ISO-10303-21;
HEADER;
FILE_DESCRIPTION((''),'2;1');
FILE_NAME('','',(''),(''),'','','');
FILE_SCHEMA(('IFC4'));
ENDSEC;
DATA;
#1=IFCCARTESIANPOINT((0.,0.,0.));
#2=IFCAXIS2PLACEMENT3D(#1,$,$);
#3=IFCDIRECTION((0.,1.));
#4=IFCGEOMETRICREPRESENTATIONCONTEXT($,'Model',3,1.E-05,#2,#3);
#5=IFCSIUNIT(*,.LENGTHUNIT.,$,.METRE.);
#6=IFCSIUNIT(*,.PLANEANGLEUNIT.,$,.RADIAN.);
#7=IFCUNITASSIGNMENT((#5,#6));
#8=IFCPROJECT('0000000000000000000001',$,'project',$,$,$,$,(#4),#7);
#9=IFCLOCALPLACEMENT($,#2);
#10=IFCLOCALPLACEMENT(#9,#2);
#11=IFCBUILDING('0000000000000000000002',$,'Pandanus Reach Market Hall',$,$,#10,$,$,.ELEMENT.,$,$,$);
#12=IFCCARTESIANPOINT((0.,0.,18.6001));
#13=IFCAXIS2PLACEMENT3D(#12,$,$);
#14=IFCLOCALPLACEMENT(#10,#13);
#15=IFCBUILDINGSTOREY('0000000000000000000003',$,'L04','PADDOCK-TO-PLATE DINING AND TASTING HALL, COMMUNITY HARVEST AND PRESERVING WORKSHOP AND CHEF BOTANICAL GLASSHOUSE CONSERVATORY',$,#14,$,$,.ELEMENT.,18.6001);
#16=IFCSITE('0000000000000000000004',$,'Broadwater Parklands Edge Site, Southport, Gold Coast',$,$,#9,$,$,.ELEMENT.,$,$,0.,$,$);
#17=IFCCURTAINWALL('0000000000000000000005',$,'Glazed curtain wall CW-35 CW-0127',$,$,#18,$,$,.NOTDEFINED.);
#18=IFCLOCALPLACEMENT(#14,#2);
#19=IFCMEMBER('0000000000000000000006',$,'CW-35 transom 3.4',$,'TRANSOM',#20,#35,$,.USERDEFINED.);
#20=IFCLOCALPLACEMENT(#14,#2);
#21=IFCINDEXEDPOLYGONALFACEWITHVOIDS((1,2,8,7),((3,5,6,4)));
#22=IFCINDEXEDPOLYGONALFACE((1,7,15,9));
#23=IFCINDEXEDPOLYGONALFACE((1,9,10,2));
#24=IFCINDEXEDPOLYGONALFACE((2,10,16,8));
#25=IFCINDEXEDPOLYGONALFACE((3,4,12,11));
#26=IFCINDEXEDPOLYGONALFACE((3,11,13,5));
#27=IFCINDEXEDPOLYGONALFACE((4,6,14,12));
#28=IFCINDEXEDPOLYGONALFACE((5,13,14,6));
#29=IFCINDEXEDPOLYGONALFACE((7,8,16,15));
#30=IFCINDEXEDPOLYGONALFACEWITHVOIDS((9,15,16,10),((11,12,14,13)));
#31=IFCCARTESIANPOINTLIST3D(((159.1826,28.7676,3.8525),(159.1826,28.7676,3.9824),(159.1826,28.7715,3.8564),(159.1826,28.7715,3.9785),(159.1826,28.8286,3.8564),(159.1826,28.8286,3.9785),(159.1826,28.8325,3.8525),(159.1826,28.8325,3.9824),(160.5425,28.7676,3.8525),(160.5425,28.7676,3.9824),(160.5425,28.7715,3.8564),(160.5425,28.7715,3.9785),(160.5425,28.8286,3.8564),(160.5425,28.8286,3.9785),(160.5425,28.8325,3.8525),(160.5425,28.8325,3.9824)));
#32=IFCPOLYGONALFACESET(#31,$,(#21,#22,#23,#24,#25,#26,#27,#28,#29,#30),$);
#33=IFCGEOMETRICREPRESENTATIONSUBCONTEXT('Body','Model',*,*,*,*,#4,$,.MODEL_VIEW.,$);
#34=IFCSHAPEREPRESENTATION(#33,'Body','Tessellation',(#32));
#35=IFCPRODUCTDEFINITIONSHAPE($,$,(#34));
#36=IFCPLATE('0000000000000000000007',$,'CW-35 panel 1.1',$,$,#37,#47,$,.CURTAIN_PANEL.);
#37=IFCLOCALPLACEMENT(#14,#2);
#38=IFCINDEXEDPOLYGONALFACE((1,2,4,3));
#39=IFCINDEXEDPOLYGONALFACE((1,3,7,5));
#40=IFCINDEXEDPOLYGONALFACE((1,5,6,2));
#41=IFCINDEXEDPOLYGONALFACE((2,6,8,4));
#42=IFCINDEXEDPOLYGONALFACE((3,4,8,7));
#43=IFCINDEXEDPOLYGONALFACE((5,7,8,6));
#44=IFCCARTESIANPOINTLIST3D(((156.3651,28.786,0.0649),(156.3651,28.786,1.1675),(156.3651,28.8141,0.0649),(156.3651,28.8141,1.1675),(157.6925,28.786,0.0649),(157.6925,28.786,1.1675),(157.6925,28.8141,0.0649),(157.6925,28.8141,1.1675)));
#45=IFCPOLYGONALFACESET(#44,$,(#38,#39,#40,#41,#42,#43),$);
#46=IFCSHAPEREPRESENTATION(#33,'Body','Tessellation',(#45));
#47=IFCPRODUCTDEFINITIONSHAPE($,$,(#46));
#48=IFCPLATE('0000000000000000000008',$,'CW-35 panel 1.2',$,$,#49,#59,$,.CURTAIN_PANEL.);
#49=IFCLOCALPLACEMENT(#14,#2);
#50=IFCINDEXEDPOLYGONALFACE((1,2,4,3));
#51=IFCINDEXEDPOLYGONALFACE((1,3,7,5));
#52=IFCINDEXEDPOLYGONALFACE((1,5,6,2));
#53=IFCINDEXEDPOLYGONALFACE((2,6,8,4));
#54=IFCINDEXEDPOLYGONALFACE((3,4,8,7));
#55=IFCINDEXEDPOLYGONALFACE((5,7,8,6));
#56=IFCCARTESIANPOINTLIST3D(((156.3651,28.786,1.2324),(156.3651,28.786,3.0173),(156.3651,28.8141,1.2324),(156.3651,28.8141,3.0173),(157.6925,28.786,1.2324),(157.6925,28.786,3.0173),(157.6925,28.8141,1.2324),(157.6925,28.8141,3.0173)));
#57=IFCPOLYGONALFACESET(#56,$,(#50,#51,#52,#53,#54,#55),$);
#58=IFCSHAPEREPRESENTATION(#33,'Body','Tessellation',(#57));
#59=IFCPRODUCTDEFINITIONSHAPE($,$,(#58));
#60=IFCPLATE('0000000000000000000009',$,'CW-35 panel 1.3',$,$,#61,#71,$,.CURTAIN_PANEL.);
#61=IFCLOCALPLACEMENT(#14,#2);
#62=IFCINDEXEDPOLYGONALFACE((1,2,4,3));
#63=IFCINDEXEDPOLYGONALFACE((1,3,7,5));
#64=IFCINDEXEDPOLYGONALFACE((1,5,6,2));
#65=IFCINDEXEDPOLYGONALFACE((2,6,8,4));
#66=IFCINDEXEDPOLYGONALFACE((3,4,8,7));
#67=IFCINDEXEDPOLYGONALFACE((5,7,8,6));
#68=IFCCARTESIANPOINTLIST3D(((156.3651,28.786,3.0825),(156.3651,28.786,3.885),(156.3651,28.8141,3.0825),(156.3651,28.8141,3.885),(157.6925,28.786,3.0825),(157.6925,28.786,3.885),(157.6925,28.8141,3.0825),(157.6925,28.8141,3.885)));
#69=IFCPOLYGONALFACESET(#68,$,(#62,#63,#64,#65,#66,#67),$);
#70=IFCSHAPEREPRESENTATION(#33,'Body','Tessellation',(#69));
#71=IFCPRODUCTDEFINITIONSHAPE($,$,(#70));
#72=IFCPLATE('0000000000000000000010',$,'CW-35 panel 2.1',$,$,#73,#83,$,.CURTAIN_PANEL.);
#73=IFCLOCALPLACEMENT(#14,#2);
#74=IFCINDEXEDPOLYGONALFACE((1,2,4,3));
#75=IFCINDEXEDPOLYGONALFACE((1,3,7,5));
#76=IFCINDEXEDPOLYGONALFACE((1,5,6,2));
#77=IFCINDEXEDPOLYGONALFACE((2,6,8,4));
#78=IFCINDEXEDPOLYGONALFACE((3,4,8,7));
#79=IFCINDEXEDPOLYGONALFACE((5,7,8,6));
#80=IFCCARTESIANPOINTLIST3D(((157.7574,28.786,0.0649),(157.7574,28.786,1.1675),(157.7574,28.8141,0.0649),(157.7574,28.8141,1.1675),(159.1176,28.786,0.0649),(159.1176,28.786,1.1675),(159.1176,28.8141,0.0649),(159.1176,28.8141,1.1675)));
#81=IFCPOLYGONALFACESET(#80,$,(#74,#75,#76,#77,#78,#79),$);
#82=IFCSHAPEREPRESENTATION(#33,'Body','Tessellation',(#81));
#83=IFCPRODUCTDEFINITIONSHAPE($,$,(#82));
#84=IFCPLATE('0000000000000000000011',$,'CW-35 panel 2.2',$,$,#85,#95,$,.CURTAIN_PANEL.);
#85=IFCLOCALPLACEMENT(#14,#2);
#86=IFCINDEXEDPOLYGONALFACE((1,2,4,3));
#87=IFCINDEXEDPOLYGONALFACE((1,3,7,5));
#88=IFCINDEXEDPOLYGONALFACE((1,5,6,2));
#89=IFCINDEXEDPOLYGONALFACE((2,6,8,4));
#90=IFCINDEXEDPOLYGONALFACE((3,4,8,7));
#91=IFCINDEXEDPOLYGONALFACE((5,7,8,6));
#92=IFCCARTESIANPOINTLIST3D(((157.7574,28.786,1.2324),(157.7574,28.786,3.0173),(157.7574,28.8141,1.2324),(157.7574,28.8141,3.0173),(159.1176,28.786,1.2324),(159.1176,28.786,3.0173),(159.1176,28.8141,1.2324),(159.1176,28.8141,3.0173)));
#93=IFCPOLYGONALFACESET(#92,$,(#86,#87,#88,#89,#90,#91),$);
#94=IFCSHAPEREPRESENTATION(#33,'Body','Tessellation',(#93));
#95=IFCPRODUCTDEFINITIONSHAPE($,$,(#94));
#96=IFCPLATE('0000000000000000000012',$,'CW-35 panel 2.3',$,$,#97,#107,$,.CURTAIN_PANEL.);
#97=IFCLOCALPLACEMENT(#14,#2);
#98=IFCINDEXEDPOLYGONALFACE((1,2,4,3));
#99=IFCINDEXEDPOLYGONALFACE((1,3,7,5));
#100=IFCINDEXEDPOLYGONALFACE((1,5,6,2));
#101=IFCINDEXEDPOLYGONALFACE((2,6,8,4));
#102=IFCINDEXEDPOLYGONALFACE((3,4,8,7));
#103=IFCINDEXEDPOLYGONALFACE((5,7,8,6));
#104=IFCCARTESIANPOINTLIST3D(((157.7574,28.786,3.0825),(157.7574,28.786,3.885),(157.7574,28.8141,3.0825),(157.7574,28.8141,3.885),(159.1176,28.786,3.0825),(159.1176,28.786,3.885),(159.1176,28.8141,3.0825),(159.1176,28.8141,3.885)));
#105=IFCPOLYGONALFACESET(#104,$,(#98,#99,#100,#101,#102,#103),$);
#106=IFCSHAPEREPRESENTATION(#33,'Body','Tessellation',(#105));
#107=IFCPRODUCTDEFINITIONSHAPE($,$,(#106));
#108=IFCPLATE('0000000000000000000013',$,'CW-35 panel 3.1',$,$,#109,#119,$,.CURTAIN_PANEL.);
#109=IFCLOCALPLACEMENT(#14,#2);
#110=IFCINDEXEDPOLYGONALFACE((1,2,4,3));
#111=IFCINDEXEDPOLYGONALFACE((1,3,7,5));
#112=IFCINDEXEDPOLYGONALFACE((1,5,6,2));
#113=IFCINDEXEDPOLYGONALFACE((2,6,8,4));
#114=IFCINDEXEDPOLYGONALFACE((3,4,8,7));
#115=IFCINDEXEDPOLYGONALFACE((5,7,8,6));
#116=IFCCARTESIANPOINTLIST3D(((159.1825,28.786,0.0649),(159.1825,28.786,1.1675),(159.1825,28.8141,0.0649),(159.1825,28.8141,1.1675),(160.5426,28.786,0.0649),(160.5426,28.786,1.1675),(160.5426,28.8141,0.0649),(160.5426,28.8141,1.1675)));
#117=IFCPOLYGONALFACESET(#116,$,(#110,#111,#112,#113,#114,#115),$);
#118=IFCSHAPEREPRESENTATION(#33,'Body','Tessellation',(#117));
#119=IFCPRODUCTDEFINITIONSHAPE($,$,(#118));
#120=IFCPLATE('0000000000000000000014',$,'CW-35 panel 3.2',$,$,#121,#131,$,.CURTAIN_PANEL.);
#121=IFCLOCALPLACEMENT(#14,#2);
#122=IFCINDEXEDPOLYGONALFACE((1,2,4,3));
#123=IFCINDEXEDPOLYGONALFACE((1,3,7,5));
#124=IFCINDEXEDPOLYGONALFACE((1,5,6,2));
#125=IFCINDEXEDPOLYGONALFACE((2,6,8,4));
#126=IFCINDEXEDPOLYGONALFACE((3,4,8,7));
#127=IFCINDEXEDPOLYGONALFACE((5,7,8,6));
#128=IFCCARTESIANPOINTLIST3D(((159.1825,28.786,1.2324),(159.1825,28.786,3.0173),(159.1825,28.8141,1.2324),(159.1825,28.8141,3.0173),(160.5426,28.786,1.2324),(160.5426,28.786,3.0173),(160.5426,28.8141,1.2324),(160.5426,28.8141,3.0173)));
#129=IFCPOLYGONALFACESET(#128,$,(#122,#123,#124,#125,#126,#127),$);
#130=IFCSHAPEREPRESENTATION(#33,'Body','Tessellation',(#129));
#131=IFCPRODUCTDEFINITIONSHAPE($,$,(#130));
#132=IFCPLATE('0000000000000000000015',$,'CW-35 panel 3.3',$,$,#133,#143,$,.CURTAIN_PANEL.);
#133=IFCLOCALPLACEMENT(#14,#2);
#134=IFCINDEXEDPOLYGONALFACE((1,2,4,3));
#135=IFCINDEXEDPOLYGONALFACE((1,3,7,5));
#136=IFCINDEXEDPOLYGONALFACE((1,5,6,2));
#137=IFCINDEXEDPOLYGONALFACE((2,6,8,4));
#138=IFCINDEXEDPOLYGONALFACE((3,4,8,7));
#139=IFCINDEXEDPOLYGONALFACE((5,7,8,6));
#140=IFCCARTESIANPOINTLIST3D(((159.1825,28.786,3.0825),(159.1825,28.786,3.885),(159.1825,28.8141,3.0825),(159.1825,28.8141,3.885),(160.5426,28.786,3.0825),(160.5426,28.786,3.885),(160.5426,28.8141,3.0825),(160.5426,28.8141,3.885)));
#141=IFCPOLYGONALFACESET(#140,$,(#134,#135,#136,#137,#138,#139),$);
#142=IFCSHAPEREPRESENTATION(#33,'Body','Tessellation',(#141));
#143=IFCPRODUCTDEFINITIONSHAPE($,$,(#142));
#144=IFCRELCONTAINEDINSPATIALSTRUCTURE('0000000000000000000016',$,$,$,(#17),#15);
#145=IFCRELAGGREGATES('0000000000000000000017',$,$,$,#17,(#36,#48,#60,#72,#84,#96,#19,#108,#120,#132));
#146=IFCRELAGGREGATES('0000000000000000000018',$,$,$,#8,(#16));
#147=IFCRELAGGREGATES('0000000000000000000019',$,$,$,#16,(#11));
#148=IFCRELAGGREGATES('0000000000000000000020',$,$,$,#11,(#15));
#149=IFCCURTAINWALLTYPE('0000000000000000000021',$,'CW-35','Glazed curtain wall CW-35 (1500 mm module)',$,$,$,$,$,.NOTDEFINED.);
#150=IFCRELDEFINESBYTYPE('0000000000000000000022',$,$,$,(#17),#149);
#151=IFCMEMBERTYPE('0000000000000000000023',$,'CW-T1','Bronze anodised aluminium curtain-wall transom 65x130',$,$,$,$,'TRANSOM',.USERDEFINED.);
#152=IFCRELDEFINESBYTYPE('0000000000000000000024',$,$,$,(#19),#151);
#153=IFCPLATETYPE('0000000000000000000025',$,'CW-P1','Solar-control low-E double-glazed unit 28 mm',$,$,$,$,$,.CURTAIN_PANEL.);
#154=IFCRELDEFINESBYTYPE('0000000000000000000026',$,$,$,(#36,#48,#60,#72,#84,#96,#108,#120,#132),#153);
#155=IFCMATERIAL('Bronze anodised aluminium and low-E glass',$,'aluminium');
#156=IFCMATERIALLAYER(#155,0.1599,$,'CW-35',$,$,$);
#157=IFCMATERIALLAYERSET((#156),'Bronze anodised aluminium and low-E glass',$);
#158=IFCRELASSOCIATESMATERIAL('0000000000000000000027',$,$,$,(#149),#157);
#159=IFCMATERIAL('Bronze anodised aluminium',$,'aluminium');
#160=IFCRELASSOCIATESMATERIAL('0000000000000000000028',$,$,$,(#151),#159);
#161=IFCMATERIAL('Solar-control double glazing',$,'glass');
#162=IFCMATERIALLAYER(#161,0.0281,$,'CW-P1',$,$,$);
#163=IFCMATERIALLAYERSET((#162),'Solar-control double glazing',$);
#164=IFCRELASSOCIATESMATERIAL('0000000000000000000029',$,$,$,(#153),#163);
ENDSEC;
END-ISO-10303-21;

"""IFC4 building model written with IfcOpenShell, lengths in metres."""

from ifc_helpers import new_model, si_unit, direction, frame, origin, origin_2d, place, context, subcontext, project, spatial, rectangle, hollow_rectangle, extrude, material, layer, layer_set, material_profile, profile_set, type_object, element, aggregate, save


model = new_model("IFC4")

# Units and contexts
model_context = context("Model", 3, precision=1e-05, world=origin(), true_north=direction((0.0, 1.0)))
body_context = subcontext(model_context, "Body", "Model", "MODEL_VIEW")
ifc_project = project(units=[si_unit("LENGTHUNIT", "METRE"), si_unit("PLANEANGLEUNIT", "RADIAN")], contexts=[model_context])

# Site, building, storey
site_placement = place(None, origin())
site = spatial("IfcSite", under=ifc_project, at=site_placement, Name="Broadwater Parklands Edge Site, Southport, Gold Coast", CompositionType="ELEMENT", RefElevation=0.0)
building_placement = place(site_placement, origin())
building = spatial("IfcBuilding", under=site, at=building_placement, Name="Pandanus Reach Market Hall", CompositionType="ELEMENT")
storey_placement = place(building_placement, frame((0.0, 0.0, 18.6001)))
storey = spatial("IfcBuildingStorey", under=building, at=storey_placement, Name="L04", Description="PADDOCK-TO-PLATE DINING AND TASTING HALL, COMMUNITY HARVEST AND PRESERVING WORKSHOP AND CHEF BOTANICAL GLASSHOUSE CONSERVATORY", CompositionType="ELEMENT", Elevation=18.6001)

# Curtain wall, member, plates
ifc_material_1 = material(Name="Bronze anodised aluminium and low-E glass", Category="aluminium")
ifc_layer_1 = layer(ifc_material_1, 0.1599, Name="CW-35")
ifc_layer_set_1 = layer_set([ifc_layer_1], Name="Bronze anodised aluminium and low-E glass")
curtain_wall_type = type_object("IfcCurtainWallType", Name="CW-35", Description="Glazed curtain wall CW-35 (1500 mm module)", PredefinedType="NOTDEFINED", material=ifc_layer_set_1)
curtain_wall_placement = place(storey_placement, origin())
curtain_wall = element("IfcCurtainWall", 1, at=curtain_wall_placement, inside=storey, type_object=curtain_wall_type, Name="Glazed curtain wall CW-35 CW-0127", PredefinedType="NOTDEFINED")
ifc_material_2 = material(Name="Bronze anodised aluminium", Category="aluminium")
ifc_material_profile_1 = material_profile(ifc_material_2, hollow_rectangle(XDim=0.0649, YDim=0.1299, WallThickness=0.0039, at=origin_2d()), Name="ALU65x130", Category="LoadBearing")
ifc_profile_set_1 = profile_set([ifc_material_profile_1], Name="Bronze anodised aluminium")
member_type_1 = type_object("IfcMemberType", Name="CW-T1", Description="Bronze anodised aluminium curtain-wall transom 65x130", ElementType="TRANSOM", PredefinedType="USERDEFINED", material=ifc_profile_set_1)
member_1_placement = place(storey_placement, frame((159.1826, 28.8, 3.9175), z_axis=(1.0, 0.0, 0.0), x_axis=(0.0, 1.0, 0.0)))
member_1 = element("IfcMember", 2, at=member_1_placement, type_object=member_type_1, Name="CW-35 transom 3.4", ObjectType="TRANSOM", PredefinedType="USERDEFINED", context=body_context, shape_type="SweptSolid", body=[
    extrude(hollow_rectangle(XDim=0.0649, YDim=0.1299, WallThickness=0.0039, at=origin_2d()), origin(), (0.0, 0.0, 1.0), 1.3599),
])
ifc_material_3 = material(Name="Solar-control double glazing", Category="glass")
ifc_layer_2 = layer(ifc_material_3, 0.0281, Name="CW-P1")
ifc_layer_set_2 = layer_set([ifc_layer_2], Name="Solar-control double glazing")
plate_type = type_object("IfcPlateType", Name="CW-P1", Description="Solar-control low-E double-glazed unit 28 mm", PredefinedType="CURTAIN_PANEL", material=ifc_layer_set_2)
plate_1_placement = place(storey_placement, frame((157.0288, 28.8, 0.0649), z_axis=(0.0, 0.0, 1.0), x_axis=(1.0, 0.0, 0.0)))
plate_1 = element("IfcPlate", 3, at=plate_1_placement, type_object=plate_type, Name="CW-35 panel 1.1", PredefinedType="CURTAIN_PANEL", context=body_context, shape_type="SweptSolid", body=[
    extrude(rectangle(XDim=1.3274, YDim=0.0281, at=origin_2d()), origin(), (0.0, 0.0, 1.0), 1.1025),
])
plate_2_placement = place(storey_placement, frame((157.0288, 28.8, 1.2324), z_axis=(0.0, 0.0, 1.0), x_axis=(1.0, 0.0, 0.0)))
plate_2 = element("IfcPlate", 4, at=plate_2_placement, type_object=plate_type, Name="CW-35 panel 1.2", PredefinedType="CURTAIN_PANEL", context=body_context, shape_type="SweptSolid", body=[
    extrude(rectangle(XDim=1.3274, YDim=0.0281, at=origin_2d()), origin(), (0.0, 0.0, 1.0), 1.7849),
])
plate_3_placement = place(storey_placement, frame((157.0288, 28.8, 3.0825), z_axis=(0.0, 0.0, 1.0), x_axis=(1.0, 0.0, 0.0)))
plate_3 = element("IfcPlate", 5, at=plate_3_placement, type_object=plate_type, Name="CW-35 panel 1.3", PredefinedType="CURTAIN_PANEL", context=body_context, shape_type="SweptSolid", body=[
    extrude(rectangle(XDim=1.3274, YDim=0.0281, at=origin_2d()), origin(), (0.0, 0.0, 1.0), 0.8025),
])
plate_4_placement = place(storey_placement, frame((158.4375, 28.8, 0.0649), z_axis=(0.0, 0.0, 1.0), x_axis=(1.0, 0.0, 0.0)))
plate_4 = element("IfcPlate", 6, at=plate_4_placement, type_object=plate_type, Name="CW-35 panel 2.1", PredefinedType="CURTAIN_PANEL", context=body_context, shape_type="SweptSolid", body=[
    extrude(rectangle(XDim=1.3601, YDim=0.0281, at=origin_2d()), origin(), (0.0, 0.0, 1.0), 1.1025),
])
plate_5_placement = place(storey_placement, frame((158.4375, 28.8, 1.2324), z_axis=(0.0, 0.0, 1.0), x_axis=(1.0, 0.0, 0.0)))
plate_5 = element("IfcPlate", 7, at=plate_5_placement, type_object=plate_type, Name="CW-35 panel 2.2", PredefinedType="CURTAIN_PANEL", context=body_context, shape_type="SweptSolid", body=[
    extrude(rectangle(XDim=1.3601, YDim=0.0281, at=origin_2d()), origin(), (0.0, 0.0, 1.0), 1.7849),
])
plate_6_placement = place(storey_placement, frame((158.4375, 28.8, 3.0825), z_axis=(0.0, 0.0, 1.0), x_axis=(1.0, 0.0, 0.0)))
plate_6 = element("IfcPlate", 8, at=plate_6_placement, type_object=plate_type, Name="CW-35 panel 2.3", PredefinedType="CURTAIN_PANEL", context=body_context, shape_type="SweptSolid", body=[
    extrude(rectangle(XDim=1.3601, YDim=0.0281, at=origin_2d()), origin(), (0.0, 0.0, 1.0), 0.8025),
])
plate_7_placement = place(storey_placement, frame((159.8625, 28.8, 0.0649), z_axis=(0.0, 0.0, 1.0), x_axis=(1.0, 0.0, 0.0)))
plate_7 = element("IfcPlate", 9, at=plate_7_placement, type_object=plate_type, Name="CW-35 panel 3.1", PredefinedType="CURTAIN_PANEL", context=body_context, shape_type="SweptSolid", body=[
    extrude(rectangle(XDim=1.3601, YDim=0.0281, at=origin_2d()), origin(), (0.0, 0.0, 1.0), 1.1025),
])
plate_8_placement = place(storey_placement, frame((159.8625, 28.8, 1.2324), z_axis=(0.0, 0.0, 1.0), x_axis=(1.0, 0.0, 0.0)))
plate_8 = element("IfcPlate", 10, at=plate_8_placement, type_object=plate_type, Name="CW-35 panel 3.2", PredefinedType="CURTAIN_PANEL", context=body_context, shape_type="SweptSolid", body=[
    extrude(rectangle(XDim=1.3601, YDim=0.0281, at=origin_2d()), origin(), (0.0, 0.0, 1.0), 1.7849),
])
plate_9_placement = place(storey_placement, frame((159.8625, 28.8, 3.0825), z_axis=(0.0, 0.0, 1.0), x_axis=(1.0, 0.0, 0.0)))
plate_9 = element("IfcPlate", 11, at=plate_9_placement, type_object=plate_type, Name="CW-35 panel 3.3", PredefinedType="CURTAIN_PANEL", context=body_context, shape_type="SweptSolid", body=[
    extrude(rectangle(XDim=1.3601, YDim=0.0281, at=origin_2d()), origin(), (0.0, 0.0, 1.0), 0.8025),
])
aggregate(curtain_wall, [plate_1, plate_2, plate_3, plate_4, plate_5, plate_6, member_1, plate_7, plate_8, plate_9])

save(model, "model.ifc")
